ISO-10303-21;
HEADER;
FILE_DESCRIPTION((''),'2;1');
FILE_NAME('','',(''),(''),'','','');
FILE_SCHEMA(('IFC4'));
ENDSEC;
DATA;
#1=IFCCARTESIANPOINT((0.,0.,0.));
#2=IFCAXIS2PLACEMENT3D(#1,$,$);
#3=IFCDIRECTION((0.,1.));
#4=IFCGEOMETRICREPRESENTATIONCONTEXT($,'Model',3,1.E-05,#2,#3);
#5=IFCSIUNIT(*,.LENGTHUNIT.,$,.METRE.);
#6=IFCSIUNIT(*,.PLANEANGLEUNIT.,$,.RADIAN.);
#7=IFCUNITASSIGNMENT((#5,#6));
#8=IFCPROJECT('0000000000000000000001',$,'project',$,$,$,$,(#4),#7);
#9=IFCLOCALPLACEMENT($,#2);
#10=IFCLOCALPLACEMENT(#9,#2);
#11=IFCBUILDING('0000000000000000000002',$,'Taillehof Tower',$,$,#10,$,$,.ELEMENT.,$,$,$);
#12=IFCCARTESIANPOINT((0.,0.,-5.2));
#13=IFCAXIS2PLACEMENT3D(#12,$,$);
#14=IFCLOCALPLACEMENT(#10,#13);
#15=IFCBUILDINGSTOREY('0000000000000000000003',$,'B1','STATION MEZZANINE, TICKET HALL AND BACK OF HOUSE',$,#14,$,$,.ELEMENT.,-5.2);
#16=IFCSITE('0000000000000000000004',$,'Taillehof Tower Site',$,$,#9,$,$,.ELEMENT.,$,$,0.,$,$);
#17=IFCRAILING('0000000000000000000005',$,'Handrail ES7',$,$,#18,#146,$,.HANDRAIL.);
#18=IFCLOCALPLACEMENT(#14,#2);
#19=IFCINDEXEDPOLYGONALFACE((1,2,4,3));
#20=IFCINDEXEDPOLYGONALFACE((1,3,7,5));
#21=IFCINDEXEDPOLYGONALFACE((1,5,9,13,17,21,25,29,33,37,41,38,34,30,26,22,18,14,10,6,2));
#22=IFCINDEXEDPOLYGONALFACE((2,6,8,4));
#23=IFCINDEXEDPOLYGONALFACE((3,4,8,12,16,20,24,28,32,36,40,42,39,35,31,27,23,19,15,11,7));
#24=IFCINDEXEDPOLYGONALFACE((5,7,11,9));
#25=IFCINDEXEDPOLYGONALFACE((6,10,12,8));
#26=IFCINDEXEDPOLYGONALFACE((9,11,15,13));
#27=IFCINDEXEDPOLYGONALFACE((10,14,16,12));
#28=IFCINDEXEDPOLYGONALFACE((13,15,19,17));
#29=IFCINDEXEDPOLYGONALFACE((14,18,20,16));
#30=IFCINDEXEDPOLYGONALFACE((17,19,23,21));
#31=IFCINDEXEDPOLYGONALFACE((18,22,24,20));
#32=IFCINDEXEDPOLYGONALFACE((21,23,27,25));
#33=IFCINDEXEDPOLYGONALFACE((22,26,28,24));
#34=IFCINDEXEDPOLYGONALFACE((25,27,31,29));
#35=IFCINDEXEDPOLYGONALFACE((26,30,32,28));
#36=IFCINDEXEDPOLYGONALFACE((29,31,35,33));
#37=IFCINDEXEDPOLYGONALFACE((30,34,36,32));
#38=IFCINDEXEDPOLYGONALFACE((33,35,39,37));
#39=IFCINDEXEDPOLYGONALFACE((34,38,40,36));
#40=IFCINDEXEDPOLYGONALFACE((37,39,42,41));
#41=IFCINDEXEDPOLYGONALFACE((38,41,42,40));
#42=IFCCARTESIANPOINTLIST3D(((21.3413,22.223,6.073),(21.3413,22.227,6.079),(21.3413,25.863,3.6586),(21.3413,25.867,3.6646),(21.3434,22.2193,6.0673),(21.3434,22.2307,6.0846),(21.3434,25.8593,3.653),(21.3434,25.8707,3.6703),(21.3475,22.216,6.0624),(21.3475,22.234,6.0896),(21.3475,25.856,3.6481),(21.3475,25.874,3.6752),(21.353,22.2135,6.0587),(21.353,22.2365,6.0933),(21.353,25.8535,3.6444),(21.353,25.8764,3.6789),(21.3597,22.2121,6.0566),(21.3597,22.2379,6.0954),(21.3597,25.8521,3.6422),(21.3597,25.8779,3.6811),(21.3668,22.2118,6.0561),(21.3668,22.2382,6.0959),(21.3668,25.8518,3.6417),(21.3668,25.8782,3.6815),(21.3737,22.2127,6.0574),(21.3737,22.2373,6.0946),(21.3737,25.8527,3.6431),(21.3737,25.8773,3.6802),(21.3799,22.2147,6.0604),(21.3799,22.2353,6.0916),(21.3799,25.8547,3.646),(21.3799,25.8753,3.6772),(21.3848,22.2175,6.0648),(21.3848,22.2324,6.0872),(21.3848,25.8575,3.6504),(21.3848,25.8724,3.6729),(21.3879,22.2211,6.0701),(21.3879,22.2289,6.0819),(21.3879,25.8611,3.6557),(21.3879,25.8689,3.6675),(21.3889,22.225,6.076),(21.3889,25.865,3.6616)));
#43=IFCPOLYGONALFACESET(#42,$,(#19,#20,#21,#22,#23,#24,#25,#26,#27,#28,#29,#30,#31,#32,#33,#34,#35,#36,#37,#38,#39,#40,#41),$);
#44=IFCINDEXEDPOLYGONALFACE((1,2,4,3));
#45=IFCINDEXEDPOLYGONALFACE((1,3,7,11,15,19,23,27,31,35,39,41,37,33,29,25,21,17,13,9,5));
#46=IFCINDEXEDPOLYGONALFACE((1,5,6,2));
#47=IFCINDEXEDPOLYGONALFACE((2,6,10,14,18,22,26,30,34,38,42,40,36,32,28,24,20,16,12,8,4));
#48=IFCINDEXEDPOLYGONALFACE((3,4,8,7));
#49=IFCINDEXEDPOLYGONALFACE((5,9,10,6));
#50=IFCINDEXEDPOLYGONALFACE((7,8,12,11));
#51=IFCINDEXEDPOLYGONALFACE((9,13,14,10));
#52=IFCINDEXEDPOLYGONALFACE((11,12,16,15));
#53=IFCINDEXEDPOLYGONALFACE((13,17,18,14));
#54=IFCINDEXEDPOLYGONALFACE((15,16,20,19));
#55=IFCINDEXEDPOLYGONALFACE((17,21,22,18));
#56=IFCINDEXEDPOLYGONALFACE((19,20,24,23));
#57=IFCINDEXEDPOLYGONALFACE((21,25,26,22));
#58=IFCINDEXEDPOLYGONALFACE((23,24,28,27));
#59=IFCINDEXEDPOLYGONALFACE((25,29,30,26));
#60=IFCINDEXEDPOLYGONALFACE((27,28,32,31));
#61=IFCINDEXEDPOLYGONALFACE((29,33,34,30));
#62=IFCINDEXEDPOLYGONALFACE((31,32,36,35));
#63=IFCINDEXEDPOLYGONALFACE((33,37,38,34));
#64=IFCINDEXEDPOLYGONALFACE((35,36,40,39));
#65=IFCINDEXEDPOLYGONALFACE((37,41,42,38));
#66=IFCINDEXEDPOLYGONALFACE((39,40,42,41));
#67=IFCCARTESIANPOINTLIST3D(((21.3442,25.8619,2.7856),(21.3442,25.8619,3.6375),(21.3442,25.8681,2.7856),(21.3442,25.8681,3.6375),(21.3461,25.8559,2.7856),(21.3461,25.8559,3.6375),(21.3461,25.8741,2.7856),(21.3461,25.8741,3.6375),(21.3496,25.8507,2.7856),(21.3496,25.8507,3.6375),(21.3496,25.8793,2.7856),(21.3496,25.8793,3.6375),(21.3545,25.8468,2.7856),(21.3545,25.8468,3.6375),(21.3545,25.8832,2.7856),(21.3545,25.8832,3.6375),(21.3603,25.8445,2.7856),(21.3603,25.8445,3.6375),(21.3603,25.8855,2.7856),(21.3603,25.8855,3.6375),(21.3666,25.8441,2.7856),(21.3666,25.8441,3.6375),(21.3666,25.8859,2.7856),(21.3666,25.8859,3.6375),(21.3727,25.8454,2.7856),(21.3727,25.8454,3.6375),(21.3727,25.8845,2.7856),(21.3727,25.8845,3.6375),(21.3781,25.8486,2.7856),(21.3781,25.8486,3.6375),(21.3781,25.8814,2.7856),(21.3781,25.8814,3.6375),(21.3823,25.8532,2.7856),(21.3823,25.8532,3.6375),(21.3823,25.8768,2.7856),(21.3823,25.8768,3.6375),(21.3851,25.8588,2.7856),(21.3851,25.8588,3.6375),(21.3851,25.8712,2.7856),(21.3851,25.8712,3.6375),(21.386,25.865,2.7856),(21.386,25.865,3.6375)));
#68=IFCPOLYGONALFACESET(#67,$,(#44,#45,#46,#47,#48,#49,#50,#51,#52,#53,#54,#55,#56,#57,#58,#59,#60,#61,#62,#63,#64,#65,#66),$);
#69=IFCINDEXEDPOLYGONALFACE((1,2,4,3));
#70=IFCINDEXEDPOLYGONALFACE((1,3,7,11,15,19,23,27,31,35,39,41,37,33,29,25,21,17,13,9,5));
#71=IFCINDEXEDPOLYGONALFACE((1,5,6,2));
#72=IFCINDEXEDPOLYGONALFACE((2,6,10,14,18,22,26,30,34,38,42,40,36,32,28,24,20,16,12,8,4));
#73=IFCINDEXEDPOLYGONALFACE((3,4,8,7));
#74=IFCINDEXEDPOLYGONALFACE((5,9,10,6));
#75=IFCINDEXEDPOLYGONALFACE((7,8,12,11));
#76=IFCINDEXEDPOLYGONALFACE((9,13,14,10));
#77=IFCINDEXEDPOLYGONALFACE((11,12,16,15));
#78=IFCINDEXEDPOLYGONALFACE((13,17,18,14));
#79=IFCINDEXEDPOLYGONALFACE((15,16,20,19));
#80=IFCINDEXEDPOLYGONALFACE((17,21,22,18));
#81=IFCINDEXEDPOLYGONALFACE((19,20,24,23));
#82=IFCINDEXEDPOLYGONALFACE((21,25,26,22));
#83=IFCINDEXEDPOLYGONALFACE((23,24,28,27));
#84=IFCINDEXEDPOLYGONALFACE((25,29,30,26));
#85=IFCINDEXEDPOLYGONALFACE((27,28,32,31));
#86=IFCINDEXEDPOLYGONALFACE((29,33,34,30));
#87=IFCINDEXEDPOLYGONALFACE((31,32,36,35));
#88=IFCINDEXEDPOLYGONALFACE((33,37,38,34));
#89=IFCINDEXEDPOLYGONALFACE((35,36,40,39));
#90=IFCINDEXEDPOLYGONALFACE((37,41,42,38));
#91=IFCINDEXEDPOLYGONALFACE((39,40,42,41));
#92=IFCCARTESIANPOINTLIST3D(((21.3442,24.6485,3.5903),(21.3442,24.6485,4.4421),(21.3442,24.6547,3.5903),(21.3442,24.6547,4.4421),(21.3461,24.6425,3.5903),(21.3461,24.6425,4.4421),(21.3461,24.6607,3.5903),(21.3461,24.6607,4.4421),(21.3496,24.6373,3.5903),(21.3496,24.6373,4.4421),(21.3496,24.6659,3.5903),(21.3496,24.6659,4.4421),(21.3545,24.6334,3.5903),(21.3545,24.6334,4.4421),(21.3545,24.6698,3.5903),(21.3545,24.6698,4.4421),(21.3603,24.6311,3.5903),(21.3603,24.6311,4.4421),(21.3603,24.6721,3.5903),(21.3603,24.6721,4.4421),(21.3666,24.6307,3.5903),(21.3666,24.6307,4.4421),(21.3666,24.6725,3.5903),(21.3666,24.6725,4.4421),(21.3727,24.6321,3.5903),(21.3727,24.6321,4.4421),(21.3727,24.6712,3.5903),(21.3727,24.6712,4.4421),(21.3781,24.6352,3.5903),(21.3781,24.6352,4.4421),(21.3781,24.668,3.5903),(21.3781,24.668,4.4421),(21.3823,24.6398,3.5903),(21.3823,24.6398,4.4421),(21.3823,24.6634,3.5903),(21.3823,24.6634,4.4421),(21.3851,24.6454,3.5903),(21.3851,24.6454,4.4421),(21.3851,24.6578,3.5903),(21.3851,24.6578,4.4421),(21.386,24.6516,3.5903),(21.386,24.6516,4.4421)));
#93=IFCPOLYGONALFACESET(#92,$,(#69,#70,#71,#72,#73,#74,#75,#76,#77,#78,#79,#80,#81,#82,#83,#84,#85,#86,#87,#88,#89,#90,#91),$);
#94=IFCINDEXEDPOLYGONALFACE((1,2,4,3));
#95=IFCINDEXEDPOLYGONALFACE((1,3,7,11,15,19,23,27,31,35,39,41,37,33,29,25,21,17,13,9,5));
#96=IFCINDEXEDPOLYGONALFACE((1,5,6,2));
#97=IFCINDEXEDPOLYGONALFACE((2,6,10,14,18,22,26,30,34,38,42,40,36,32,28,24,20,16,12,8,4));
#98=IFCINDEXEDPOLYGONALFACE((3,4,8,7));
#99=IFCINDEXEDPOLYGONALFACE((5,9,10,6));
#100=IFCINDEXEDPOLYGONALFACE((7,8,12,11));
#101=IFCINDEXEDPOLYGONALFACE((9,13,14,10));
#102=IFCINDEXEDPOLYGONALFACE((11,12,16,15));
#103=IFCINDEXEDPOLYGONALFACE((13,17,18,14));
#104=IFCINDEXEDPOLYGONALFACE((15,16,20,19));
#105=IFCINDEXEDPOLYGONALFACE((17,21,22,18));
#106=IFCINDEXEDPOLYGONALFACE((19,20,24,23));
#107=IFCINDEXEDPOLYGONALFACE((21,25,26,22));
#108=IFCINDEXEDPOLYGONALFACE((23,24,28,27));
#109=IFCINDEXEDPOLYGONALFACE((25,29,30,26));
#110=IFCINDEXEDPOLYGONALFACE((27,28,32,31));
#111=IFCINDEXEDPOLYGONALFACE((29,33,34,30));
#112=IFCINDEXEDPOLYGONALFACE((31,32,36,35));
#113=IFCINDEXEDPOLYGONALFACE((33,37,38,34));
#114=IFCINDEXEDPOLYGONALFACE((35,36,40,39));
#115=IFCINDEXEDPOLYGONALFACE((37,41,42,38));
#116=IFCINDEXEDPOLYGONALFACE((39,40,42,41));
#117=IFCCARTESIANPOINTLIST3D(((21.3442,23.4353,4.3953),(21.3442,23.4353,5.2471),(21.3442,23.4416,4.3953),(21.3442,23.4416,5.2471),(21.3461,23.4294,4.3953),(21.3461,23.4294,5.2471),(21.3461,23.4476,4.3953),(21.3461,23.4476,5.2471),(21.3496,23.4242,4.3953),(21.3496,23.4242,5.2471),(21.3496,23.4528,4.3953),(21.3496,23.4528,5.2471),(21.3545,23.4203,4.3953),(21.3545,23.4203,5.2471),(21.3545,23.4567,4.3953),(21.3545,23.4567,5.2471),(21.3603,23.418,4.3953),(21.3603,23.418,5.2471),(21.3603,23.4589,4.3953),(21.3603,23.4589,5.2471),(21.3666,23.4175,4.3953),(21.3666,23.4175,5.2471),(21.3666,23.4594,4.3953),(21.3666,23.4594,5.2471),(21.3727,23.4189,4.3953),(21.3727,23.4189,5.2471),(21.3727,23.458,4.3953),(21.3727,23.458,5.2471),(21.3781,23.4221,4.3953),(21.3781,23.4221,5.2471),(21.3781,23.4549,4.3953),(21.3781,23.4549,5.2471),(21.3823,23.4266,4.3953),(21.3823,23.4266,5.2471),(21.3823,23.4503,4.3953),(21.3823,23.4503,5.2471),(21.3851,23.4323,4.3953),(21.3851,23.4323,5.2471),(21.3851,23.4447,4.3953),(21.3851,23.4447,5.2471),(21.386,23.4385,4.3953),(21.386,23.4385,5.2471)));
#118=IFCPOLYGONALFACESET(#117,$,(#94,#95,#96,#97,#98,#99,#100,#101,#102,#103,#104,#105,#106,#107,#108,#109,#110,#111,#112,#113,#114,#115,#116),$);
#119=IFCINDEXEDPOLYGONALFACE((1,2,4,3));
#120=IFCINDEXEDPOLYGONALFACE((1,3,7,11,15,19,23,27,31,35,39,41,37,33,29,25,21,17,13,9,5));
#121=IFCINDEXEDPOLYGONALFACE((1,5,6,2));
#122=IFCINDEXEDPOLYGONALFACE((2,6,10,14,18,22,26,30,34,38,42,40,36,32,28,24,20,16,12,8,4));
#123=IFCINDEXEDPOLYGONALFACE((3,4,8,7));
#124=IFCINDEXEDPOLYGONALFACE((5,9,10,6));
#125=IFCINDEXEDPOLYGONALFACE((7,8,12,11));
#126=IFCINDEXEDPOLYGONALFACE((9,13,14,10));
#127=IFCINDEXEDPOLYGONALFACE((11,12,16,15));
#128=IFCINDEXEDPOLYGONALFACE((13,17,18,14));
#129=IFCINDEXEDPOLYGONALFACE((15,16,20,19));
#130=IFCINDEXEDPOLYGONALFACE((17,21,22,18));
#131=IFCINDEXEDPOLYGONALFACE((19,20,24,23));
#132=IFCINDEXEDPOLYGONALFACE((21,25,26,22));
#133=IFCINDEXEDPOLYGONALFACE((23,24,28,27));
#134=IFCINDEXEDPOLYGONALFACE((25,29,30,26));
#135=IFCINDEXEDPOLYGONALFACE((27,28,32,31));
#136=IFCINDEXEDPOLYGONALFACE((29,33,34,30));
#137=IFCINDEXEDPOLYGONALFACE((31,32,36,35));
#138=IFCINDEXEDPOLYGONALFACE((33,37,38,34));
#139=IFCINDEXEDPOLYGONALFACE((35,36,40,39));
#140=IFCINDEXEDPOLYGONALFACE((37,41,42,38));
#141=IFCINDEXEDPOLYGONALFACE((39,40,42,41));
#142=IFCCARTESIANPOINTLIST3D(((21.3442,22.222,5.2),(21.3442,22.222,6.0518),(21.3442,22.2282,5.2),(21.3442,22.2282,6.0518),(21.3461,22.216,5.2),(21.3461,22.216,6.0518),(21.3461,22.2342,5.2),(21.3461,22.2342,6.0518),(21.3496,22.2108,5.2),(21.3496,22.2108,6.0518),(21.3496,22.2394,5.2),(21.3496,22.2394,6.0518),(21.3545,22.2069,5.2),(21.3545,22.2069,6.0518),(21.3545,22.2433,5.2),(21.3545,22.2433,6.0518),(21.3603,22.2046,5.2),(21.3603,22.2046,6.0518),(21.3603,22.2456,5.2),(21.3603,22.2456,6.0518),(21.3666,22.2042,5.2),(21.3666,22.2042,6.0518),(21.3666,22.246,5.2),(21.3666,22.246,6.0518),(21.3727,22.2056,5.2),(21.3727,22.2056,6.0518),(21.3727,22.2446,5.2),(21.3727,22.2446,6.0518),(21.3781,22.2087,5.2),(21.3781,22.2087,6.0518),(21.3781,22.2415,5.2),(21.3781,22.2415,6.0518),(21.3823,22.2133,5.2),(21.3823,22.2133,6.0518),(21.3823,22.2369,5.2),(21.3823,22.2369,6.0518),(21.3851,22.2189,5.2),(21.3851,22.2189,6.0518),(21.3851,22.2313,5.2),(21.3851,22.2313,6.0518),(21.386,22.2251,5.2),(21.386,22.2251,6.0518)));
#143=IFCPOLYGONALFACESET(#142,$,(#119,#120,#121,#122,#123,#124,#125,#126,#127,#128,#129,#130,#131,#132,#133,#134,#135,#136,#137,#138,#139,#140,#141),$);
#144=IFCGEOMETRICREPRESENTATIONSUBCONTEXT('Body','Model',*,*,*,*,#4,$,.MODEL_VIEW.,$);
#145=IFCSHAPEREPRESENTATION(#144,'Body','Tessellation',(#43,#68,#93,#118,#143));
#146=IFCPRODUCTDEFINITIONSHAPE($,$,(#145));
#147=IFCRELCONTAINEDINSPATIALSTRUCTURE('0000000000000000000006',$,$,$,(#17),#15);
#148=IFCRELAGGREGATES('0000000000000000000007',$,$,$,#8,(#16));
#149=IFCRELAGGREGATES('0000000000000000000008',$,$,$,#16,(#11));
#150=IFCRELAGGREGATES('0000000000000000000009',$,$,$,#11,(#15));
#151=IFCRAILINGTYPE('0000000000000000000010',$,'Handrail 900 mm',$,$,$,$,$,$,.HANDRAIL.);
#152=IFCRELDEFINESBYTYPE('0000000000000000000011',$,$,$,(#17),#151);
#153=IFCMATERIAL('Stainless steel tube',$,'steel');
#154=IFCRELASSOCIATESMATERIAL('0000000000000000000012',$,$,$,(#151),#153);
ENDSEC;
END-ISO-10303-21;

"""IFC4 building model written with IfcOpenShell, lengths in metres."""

from ifc_helpers import new_model, si_unit, direction, frame, origin, origin_2d, place, context, subcontext, project, spatial, circle, extrude, material, type_object, element, save


model = new_model("IFC4")

# Units and contexts
model_context = context("Model", 3, precision=1e-05, world=origin(), true_north=direction((0.0, 1.0)))
body_context = subcontext(model_context, "Body", "Model", "MODEL_VIEW")
ifc_project = project(units=[si_unit("LENGTHUNIT", "METRE"), si_unit("PLANEANGLEUNIT", "RADIAN")], contexts=[model_context])

# Site, building, storey
site_placement = place(None, origin())
site = spatial("IfcSite", under=ifc_project, at=site_placement, Name="Taillehof Tower Site", CompositionType="ELEMENT", RefElevation=0.0)
building_placement = place(site_placement, origin())
building = spatial("IfcBuilding", under=site, at=building_placement, Name="Taillehof Tower", CompositionType="ELEMENT")
storey_placement = place(building_placement, frame((0.0, 0.0, -5.2)))
storey = spatial("IfcBuildingStorey", under=building, at=storey_placement, Name="B1", Description="STATION MEZZANINE, TICKET HALL AND BACK OF HOUSE", CompositionType="ELEMENT", Elevation=-5.2)

# Railing
ifc_material_1 = material(Name="Stainless steel tube", Category="steel")
railing_type = type_object("IfcRailingType", Name="Handrail 900 mm", PredefinedType="HANDRAIL", material=ifc_material_1)
for number, where, name in (
    (1, (21.365, 25.865, 2.7856), "Handrail ES7"),
):
    element("IfcRailing", number, at=place(storey_placement, frame(where)), inside=storey, type_object=railing_type, Name=name, PredefinedType="HANDRAIL", context=body_context, shape_type="SweptSolid", body=[
        extrude(circle(Radius=0.0239, at=origin_2d()), frame((0.0, 0.0, 0.876), z_axis=(0.0, -0.833347, 0.552751), x_axis=(1.0, 0.0, 0.0)), (0.0, 0.0, 1.0), 4.3679),
        extrude(circle(Radius=0.021, at=origin_2d()), origin(), (0.0, 0.0, 1.0), 0.8518),
        extrude(circle(Radius=0.021, at=origin_2d()), frame((0.0, -1.2134, 0.8047)), (0.0, 0.0, 1.0), 0.8518),
        extrude(circle(Radius=0.021, at=origin_2d()), frame((0.0, -2.4265, 1.6096)), (0.0, 0.0, 1.0), 0.8518),
        extrude(circle(Radius=0.021, at=origin_2d()), frame((0.0, -3.6399, 2.4143)), (0.0, 0.0, 1.0), 0.8518),
    ])

save(model, "model.ifc")
